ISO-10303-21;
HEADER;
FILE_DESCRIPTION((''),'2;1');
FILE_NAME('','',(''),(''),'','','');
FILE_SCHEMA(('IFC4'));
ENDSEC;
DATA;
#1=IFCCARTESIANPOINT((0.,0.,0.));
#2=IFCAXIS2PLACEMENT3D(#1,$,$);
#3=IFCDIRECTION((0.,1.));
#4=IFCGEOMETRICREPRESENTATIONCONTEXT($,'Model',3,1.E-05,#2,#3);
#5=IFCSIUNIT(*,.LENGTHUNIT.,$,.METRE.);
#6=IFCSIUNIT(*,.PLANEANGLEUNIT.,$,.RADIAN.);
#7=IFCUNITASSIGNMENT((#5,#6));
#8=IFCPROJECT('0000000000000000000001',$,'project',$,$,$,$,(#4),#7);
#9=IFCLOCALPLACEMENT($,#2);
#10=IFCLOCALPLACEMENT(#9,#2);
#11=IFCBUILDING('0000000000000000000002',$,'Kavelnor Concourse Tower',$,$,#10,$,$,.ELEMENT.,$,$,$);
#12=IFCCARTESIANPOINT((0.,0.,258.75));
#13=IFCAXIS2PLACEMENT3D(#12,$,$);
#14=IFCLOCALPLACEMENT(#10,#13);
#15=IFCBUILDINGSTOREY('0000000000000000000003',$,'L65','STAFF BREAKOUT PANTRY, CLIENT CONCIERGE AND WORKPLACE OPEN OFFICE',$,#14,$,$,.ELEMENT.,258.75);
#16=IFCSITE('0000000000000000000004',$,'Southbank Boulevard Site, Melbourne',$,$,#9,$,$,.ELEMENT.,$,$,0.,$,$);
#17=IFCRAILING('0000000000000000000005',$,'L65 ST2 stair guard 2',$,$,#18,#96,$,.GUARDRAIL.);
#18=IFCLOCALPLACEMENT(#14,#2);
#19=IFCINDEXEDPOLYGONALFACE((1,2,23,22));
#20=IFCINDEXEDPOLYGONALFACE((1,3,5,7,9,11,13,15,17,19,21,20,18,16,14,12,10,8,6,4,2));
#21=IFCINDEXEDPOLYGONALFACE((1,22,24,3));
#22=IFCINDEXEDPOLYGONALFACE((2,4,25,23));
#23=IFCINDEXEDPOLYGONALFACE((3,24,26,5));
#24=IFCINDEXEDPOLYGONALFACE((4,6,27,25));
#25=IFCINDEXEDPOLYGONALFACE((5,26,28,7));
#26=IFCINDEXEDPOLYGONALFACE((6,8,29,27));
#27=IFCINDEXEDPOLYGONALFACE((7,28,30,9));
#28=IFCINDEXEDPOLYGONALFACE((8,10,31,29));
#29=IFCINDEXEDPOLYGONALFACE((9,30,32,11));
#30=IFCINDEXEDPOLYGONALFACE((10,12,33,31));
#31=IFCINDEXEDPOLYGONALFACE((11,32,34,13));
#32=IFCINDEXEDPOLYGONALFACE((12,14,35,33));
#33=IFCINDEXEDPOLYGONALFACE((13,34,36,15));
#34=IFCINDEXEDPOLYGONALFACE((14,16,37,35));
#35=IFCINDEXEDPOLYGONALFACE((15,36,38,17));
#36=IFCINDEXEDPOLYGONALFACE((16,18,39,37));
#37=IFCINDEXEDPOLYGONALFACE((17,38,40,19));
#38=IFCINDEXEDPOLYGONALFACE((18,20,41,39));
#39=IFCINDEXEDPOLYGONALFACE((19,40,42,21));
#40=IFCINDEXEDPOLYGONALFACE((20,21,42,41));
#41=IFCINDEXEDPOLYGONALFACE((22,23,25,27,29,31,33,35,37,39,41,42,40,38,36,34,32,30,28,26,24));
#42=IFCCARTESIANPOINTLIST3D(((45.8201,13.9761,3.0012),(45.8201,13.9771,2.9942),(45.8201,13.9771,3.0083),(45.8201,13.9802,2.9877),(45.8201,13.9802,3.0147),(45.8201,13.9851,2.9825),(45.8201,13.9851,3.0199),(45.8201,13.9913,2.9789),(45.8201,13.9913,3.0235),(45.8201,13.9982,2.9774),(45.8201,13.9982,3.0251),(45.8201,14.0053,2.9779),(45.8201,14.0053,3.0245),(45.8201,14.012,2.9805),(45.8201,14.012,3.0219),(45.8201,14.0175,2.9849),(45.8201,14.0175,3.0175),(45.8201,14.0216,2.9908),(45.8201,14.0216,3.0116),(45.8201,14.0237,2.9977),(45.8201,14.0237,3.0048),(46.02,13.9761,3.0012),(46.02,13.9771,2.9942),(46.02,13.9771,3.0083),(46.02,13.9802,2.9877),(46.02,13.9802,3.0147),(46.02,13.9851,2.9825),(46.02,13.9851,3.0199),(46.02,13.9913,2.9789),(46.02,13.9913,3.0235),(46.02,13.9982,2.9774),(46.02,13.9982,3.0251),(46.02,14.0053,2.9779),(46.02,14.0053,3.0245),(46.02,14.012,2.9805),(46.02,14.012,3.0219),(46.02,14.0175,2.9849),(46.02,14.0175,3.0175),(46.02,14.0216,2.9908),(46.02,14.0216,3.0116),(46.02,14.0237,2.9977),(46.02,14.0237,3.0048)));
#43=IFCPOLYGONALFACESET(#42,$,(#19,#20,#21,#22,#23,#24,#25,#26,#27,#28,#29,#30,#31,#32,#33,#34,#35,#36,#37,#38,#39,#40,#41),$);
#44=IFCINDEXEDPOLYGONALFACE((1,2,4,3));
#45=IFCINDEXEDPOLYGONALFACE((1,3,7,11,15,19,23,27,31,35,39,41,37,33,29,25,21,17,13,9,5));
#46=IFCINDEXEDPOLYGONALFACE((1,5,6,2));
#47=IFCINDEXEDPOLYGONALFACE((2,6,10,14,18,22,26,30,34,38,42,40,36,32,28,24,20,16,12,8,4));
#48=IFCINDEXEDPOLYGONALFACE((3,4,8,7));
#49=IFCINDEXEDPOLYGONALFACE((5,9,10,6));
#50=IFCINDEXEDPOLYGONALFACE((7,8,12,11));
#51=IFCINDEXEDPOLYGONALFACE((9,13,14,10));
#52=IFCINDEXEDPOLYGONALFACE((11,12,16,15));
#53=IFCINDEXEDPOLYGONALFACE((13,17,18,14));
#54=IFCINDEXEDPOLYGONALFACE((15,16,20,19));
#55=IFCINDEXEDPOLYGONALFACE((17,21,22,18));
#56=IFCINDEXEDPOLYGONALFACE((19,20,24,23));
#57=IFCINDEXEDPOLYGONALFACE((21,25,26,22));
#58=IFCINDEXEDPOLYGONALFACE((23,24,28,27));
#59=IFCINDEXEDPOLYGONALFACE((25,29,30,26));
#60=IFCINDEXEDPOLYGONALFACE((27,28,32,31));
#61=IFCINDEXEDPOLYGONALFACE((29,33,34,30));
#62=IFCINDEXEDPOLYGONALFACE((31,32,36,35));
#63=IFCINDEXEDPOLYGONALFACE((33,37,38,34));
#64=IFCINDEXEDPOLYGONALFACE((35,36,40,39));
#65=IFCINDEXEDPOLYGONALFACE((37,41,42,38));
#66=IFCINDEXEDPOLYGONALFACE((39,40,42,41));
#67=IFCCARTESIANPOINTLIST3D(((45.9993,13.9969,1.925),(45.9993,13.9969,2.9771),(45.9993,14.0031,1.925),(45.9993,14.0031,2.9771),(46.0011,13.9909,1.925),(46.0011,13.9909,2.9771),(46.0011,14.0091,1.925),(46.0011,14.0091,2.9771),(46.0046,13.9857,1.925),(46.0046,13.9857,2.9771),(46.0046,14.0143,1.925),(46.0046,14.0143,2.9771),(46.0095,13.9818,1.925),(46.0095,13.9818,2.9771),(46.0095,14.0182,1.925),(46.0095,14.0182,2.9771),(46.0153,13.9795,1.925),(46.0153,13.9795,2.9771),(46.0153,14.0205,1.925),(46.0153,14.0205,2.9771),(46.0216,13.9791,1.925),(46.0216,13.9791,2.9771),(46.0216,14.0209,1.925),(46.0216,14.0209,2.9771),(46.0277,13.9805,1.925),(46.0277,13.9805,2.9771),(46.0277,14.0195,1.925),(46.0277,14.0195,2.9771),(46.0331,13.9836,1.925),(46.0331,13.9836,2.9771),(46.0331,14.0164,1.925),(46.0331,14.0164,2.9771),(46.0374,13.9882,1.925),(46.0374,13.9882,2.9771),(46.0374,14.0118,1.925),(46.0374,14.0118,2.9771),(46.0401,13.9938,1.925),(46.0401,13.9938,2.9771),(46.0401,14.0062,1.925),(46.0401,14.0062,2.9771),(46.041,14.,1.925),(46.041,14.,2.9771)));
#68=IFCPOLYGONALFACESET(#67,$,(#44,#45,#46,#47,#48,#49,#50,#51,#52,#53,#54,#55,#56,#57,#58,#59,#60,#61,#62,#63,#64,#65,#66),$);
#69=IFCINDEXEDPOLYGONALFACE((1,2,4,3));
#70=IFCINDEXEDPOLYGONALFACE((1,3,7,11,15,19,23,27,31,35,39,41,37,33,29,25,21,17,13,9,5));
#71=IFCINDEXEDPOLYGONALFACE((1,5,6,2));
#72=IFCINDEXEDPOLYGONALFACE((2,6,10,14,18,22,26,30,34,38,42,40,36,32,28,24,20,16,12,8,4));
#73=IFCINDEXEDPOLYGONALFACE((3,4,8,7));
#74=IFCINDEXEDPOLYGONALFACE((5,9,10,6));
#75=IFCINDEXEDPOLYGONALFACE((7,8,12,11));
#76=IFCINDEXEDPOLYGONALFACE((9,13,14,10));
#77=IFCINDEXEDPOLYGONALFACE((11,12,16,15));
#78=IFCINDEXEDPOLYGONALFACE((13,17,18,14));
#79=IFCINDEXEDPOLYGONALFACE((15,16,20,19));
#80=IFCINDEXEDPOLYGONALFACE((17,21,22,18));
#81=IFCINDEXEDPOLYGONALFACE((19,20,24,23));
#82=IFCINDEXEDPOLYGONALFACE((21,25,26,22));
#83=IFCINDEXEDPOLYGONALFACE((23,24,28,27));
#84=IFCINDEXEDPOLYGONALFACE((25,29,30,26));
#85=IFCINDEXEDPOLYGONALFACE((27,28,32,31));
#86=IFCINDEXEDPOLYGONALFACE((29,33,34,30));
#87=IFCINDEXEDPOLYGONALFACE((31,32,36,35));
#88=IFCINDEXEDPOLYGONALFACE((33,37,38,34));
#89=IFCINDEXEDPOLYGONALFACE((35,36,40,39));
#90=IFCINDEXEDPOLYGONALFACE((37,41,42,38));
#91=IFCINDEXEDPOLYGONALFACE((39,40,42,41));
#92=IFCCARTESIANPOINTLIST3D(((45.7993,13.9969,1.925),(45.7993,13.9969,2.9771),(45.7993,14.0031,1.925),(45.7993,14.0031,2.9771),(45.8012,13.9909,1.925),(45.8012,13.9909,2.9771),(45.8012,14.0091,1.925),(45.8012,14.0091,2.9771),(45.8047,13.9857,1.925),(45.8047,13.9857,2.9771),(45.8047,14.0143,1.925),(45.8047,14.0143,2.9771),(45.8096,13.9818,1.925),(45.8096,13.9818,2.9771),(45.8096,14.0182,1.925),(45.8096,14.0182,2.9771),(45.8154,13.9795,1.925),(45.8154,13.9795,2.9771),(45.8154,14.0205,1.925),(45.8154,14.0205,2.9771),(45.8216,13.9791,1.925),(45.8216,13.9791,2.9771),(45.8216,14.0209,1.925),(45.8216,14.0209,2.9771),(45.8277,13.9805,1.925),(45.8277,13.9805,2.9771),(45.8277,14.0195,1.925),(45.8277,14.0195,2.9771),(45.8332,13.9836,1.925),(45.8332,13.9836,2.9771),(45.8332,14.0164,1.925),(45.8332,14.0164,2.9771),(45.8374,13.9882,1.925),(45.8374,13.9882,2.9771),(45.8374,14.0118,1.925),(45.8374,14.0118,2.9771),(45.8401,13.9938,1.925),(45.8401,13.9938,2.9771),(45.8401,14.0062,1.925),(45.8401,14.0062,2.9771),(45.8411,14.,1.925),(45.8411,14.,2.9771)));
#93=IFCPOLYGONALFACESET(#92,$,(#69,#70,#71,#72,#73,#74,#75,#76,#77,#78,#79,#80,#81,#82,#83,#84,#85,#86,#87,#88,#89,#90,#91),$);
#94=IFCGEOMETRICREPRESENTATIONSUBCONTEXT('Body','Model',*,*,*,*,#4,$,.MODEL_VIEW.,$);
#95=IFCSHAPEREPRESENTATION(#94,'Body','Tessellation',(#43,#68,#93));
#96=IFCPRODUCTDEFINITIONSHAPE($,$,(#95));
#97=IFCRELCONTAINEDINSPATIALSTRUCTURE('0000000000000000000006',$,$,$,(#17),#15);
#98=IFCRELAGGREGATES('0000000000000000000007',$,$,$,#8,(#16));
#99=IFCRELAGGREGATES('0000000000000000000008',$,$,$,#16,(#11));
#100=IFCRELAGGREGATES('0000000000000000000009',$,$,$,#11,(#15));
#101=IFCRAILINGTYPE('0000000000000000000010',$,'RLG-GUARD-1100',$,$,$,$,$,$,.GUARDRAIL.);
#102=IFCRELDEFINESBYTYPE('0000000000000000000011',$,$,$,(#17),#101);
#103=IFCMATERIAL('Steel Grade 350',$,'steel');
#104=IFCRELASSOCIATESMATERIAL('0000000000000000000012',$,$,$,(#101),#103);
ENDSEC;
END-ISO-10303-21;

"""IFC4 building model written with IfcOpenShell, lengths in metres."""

from ifc_helpers import new_model, si_unit, direction, frame, origin, origin_2d, place, context, subcontext, project, spatial, circle, extrude, material, type_object, element, save


model = new_model("IFC4")

# Units and contexts
model_context = context("Model", 3, precision=1e-05, world=origin(), true_north=direction((0.0, 1.0)))
body_context = subcontext(model_context, "Body", "Model", "MODEL_VIEW")
ifc_project = project(units=[si_unit("LENGTHUNIT", "METRE"), si_unit("PLANEANGLEUNIT", "RADIAN")], contexts=[model_context])

# Site, building, storey
site_placement = place(None, origin())
site = spatial("IfcSite", under=ifc_project, at=site_placement, Name="Southbank Boulevard Site, Melbourne", CompositionType="ELEMENT", RefElevation=0.0)
building_placement = place(site_placement, origin())
building = spatial("IfcBuilding", under=site, at=building_placement, Name="Kavelnor Concourse Tower", CompositionType="ELEMENT")
storey_placement = place(building_placement, frame((0.0, 0.0, 258.75)))
storey = spatial("IfcBuildingStorey", under=building, at=storey_placement, Name="L65", Description="STAFF BREAKOUT PANTRY, CLIENT CONCIERGE AND WORKPLACE OPEN OFFICE", CompositionType="ELEMENT", Elevation=258.75)

# Shared definitions
ifc_material_1 = material(Name="Steel Grade 350", Category="steel")

# Railing
railing_type_1 = type_object("IfcRailingType", Name="RLG-GUARD-1100", PredefinedType="GUARDRAIL", material=ifc_material_1)
railing_1_placement = place(storey_placement, frame((46.02, 14.0, 1.925)))
element("IfcRailing", 1, at=railing_1_placement, inside=storey, type_object=railing_type_1, Name="L65 ST2 stair guard 2", PredefinedType="GUARDRAIL", context=body_context, shape_type="SweptSolid", body=[
    extrude(circle(Radius=0.0239, at=origin_2d()), frame((0.0, 0.0, 1.0762), z_axis=(-1.0, 0.0, 0.0), x_axis=(0.0, -1.0, 0.0)), (0.0, 0.0, 1.0), 0.2),
    extrude(circle(Radius=0.021, at=origin_2d()), origin(), (0.0, 0.0, 1.0), 1.052),
    extrude(circle(Radius=0.021, at=origin_2d()), frame((-0.2, 0.0, 0.0)), (0.0, 0.0, 1.0), 1.052),
])

save(model, "model.ifc")
